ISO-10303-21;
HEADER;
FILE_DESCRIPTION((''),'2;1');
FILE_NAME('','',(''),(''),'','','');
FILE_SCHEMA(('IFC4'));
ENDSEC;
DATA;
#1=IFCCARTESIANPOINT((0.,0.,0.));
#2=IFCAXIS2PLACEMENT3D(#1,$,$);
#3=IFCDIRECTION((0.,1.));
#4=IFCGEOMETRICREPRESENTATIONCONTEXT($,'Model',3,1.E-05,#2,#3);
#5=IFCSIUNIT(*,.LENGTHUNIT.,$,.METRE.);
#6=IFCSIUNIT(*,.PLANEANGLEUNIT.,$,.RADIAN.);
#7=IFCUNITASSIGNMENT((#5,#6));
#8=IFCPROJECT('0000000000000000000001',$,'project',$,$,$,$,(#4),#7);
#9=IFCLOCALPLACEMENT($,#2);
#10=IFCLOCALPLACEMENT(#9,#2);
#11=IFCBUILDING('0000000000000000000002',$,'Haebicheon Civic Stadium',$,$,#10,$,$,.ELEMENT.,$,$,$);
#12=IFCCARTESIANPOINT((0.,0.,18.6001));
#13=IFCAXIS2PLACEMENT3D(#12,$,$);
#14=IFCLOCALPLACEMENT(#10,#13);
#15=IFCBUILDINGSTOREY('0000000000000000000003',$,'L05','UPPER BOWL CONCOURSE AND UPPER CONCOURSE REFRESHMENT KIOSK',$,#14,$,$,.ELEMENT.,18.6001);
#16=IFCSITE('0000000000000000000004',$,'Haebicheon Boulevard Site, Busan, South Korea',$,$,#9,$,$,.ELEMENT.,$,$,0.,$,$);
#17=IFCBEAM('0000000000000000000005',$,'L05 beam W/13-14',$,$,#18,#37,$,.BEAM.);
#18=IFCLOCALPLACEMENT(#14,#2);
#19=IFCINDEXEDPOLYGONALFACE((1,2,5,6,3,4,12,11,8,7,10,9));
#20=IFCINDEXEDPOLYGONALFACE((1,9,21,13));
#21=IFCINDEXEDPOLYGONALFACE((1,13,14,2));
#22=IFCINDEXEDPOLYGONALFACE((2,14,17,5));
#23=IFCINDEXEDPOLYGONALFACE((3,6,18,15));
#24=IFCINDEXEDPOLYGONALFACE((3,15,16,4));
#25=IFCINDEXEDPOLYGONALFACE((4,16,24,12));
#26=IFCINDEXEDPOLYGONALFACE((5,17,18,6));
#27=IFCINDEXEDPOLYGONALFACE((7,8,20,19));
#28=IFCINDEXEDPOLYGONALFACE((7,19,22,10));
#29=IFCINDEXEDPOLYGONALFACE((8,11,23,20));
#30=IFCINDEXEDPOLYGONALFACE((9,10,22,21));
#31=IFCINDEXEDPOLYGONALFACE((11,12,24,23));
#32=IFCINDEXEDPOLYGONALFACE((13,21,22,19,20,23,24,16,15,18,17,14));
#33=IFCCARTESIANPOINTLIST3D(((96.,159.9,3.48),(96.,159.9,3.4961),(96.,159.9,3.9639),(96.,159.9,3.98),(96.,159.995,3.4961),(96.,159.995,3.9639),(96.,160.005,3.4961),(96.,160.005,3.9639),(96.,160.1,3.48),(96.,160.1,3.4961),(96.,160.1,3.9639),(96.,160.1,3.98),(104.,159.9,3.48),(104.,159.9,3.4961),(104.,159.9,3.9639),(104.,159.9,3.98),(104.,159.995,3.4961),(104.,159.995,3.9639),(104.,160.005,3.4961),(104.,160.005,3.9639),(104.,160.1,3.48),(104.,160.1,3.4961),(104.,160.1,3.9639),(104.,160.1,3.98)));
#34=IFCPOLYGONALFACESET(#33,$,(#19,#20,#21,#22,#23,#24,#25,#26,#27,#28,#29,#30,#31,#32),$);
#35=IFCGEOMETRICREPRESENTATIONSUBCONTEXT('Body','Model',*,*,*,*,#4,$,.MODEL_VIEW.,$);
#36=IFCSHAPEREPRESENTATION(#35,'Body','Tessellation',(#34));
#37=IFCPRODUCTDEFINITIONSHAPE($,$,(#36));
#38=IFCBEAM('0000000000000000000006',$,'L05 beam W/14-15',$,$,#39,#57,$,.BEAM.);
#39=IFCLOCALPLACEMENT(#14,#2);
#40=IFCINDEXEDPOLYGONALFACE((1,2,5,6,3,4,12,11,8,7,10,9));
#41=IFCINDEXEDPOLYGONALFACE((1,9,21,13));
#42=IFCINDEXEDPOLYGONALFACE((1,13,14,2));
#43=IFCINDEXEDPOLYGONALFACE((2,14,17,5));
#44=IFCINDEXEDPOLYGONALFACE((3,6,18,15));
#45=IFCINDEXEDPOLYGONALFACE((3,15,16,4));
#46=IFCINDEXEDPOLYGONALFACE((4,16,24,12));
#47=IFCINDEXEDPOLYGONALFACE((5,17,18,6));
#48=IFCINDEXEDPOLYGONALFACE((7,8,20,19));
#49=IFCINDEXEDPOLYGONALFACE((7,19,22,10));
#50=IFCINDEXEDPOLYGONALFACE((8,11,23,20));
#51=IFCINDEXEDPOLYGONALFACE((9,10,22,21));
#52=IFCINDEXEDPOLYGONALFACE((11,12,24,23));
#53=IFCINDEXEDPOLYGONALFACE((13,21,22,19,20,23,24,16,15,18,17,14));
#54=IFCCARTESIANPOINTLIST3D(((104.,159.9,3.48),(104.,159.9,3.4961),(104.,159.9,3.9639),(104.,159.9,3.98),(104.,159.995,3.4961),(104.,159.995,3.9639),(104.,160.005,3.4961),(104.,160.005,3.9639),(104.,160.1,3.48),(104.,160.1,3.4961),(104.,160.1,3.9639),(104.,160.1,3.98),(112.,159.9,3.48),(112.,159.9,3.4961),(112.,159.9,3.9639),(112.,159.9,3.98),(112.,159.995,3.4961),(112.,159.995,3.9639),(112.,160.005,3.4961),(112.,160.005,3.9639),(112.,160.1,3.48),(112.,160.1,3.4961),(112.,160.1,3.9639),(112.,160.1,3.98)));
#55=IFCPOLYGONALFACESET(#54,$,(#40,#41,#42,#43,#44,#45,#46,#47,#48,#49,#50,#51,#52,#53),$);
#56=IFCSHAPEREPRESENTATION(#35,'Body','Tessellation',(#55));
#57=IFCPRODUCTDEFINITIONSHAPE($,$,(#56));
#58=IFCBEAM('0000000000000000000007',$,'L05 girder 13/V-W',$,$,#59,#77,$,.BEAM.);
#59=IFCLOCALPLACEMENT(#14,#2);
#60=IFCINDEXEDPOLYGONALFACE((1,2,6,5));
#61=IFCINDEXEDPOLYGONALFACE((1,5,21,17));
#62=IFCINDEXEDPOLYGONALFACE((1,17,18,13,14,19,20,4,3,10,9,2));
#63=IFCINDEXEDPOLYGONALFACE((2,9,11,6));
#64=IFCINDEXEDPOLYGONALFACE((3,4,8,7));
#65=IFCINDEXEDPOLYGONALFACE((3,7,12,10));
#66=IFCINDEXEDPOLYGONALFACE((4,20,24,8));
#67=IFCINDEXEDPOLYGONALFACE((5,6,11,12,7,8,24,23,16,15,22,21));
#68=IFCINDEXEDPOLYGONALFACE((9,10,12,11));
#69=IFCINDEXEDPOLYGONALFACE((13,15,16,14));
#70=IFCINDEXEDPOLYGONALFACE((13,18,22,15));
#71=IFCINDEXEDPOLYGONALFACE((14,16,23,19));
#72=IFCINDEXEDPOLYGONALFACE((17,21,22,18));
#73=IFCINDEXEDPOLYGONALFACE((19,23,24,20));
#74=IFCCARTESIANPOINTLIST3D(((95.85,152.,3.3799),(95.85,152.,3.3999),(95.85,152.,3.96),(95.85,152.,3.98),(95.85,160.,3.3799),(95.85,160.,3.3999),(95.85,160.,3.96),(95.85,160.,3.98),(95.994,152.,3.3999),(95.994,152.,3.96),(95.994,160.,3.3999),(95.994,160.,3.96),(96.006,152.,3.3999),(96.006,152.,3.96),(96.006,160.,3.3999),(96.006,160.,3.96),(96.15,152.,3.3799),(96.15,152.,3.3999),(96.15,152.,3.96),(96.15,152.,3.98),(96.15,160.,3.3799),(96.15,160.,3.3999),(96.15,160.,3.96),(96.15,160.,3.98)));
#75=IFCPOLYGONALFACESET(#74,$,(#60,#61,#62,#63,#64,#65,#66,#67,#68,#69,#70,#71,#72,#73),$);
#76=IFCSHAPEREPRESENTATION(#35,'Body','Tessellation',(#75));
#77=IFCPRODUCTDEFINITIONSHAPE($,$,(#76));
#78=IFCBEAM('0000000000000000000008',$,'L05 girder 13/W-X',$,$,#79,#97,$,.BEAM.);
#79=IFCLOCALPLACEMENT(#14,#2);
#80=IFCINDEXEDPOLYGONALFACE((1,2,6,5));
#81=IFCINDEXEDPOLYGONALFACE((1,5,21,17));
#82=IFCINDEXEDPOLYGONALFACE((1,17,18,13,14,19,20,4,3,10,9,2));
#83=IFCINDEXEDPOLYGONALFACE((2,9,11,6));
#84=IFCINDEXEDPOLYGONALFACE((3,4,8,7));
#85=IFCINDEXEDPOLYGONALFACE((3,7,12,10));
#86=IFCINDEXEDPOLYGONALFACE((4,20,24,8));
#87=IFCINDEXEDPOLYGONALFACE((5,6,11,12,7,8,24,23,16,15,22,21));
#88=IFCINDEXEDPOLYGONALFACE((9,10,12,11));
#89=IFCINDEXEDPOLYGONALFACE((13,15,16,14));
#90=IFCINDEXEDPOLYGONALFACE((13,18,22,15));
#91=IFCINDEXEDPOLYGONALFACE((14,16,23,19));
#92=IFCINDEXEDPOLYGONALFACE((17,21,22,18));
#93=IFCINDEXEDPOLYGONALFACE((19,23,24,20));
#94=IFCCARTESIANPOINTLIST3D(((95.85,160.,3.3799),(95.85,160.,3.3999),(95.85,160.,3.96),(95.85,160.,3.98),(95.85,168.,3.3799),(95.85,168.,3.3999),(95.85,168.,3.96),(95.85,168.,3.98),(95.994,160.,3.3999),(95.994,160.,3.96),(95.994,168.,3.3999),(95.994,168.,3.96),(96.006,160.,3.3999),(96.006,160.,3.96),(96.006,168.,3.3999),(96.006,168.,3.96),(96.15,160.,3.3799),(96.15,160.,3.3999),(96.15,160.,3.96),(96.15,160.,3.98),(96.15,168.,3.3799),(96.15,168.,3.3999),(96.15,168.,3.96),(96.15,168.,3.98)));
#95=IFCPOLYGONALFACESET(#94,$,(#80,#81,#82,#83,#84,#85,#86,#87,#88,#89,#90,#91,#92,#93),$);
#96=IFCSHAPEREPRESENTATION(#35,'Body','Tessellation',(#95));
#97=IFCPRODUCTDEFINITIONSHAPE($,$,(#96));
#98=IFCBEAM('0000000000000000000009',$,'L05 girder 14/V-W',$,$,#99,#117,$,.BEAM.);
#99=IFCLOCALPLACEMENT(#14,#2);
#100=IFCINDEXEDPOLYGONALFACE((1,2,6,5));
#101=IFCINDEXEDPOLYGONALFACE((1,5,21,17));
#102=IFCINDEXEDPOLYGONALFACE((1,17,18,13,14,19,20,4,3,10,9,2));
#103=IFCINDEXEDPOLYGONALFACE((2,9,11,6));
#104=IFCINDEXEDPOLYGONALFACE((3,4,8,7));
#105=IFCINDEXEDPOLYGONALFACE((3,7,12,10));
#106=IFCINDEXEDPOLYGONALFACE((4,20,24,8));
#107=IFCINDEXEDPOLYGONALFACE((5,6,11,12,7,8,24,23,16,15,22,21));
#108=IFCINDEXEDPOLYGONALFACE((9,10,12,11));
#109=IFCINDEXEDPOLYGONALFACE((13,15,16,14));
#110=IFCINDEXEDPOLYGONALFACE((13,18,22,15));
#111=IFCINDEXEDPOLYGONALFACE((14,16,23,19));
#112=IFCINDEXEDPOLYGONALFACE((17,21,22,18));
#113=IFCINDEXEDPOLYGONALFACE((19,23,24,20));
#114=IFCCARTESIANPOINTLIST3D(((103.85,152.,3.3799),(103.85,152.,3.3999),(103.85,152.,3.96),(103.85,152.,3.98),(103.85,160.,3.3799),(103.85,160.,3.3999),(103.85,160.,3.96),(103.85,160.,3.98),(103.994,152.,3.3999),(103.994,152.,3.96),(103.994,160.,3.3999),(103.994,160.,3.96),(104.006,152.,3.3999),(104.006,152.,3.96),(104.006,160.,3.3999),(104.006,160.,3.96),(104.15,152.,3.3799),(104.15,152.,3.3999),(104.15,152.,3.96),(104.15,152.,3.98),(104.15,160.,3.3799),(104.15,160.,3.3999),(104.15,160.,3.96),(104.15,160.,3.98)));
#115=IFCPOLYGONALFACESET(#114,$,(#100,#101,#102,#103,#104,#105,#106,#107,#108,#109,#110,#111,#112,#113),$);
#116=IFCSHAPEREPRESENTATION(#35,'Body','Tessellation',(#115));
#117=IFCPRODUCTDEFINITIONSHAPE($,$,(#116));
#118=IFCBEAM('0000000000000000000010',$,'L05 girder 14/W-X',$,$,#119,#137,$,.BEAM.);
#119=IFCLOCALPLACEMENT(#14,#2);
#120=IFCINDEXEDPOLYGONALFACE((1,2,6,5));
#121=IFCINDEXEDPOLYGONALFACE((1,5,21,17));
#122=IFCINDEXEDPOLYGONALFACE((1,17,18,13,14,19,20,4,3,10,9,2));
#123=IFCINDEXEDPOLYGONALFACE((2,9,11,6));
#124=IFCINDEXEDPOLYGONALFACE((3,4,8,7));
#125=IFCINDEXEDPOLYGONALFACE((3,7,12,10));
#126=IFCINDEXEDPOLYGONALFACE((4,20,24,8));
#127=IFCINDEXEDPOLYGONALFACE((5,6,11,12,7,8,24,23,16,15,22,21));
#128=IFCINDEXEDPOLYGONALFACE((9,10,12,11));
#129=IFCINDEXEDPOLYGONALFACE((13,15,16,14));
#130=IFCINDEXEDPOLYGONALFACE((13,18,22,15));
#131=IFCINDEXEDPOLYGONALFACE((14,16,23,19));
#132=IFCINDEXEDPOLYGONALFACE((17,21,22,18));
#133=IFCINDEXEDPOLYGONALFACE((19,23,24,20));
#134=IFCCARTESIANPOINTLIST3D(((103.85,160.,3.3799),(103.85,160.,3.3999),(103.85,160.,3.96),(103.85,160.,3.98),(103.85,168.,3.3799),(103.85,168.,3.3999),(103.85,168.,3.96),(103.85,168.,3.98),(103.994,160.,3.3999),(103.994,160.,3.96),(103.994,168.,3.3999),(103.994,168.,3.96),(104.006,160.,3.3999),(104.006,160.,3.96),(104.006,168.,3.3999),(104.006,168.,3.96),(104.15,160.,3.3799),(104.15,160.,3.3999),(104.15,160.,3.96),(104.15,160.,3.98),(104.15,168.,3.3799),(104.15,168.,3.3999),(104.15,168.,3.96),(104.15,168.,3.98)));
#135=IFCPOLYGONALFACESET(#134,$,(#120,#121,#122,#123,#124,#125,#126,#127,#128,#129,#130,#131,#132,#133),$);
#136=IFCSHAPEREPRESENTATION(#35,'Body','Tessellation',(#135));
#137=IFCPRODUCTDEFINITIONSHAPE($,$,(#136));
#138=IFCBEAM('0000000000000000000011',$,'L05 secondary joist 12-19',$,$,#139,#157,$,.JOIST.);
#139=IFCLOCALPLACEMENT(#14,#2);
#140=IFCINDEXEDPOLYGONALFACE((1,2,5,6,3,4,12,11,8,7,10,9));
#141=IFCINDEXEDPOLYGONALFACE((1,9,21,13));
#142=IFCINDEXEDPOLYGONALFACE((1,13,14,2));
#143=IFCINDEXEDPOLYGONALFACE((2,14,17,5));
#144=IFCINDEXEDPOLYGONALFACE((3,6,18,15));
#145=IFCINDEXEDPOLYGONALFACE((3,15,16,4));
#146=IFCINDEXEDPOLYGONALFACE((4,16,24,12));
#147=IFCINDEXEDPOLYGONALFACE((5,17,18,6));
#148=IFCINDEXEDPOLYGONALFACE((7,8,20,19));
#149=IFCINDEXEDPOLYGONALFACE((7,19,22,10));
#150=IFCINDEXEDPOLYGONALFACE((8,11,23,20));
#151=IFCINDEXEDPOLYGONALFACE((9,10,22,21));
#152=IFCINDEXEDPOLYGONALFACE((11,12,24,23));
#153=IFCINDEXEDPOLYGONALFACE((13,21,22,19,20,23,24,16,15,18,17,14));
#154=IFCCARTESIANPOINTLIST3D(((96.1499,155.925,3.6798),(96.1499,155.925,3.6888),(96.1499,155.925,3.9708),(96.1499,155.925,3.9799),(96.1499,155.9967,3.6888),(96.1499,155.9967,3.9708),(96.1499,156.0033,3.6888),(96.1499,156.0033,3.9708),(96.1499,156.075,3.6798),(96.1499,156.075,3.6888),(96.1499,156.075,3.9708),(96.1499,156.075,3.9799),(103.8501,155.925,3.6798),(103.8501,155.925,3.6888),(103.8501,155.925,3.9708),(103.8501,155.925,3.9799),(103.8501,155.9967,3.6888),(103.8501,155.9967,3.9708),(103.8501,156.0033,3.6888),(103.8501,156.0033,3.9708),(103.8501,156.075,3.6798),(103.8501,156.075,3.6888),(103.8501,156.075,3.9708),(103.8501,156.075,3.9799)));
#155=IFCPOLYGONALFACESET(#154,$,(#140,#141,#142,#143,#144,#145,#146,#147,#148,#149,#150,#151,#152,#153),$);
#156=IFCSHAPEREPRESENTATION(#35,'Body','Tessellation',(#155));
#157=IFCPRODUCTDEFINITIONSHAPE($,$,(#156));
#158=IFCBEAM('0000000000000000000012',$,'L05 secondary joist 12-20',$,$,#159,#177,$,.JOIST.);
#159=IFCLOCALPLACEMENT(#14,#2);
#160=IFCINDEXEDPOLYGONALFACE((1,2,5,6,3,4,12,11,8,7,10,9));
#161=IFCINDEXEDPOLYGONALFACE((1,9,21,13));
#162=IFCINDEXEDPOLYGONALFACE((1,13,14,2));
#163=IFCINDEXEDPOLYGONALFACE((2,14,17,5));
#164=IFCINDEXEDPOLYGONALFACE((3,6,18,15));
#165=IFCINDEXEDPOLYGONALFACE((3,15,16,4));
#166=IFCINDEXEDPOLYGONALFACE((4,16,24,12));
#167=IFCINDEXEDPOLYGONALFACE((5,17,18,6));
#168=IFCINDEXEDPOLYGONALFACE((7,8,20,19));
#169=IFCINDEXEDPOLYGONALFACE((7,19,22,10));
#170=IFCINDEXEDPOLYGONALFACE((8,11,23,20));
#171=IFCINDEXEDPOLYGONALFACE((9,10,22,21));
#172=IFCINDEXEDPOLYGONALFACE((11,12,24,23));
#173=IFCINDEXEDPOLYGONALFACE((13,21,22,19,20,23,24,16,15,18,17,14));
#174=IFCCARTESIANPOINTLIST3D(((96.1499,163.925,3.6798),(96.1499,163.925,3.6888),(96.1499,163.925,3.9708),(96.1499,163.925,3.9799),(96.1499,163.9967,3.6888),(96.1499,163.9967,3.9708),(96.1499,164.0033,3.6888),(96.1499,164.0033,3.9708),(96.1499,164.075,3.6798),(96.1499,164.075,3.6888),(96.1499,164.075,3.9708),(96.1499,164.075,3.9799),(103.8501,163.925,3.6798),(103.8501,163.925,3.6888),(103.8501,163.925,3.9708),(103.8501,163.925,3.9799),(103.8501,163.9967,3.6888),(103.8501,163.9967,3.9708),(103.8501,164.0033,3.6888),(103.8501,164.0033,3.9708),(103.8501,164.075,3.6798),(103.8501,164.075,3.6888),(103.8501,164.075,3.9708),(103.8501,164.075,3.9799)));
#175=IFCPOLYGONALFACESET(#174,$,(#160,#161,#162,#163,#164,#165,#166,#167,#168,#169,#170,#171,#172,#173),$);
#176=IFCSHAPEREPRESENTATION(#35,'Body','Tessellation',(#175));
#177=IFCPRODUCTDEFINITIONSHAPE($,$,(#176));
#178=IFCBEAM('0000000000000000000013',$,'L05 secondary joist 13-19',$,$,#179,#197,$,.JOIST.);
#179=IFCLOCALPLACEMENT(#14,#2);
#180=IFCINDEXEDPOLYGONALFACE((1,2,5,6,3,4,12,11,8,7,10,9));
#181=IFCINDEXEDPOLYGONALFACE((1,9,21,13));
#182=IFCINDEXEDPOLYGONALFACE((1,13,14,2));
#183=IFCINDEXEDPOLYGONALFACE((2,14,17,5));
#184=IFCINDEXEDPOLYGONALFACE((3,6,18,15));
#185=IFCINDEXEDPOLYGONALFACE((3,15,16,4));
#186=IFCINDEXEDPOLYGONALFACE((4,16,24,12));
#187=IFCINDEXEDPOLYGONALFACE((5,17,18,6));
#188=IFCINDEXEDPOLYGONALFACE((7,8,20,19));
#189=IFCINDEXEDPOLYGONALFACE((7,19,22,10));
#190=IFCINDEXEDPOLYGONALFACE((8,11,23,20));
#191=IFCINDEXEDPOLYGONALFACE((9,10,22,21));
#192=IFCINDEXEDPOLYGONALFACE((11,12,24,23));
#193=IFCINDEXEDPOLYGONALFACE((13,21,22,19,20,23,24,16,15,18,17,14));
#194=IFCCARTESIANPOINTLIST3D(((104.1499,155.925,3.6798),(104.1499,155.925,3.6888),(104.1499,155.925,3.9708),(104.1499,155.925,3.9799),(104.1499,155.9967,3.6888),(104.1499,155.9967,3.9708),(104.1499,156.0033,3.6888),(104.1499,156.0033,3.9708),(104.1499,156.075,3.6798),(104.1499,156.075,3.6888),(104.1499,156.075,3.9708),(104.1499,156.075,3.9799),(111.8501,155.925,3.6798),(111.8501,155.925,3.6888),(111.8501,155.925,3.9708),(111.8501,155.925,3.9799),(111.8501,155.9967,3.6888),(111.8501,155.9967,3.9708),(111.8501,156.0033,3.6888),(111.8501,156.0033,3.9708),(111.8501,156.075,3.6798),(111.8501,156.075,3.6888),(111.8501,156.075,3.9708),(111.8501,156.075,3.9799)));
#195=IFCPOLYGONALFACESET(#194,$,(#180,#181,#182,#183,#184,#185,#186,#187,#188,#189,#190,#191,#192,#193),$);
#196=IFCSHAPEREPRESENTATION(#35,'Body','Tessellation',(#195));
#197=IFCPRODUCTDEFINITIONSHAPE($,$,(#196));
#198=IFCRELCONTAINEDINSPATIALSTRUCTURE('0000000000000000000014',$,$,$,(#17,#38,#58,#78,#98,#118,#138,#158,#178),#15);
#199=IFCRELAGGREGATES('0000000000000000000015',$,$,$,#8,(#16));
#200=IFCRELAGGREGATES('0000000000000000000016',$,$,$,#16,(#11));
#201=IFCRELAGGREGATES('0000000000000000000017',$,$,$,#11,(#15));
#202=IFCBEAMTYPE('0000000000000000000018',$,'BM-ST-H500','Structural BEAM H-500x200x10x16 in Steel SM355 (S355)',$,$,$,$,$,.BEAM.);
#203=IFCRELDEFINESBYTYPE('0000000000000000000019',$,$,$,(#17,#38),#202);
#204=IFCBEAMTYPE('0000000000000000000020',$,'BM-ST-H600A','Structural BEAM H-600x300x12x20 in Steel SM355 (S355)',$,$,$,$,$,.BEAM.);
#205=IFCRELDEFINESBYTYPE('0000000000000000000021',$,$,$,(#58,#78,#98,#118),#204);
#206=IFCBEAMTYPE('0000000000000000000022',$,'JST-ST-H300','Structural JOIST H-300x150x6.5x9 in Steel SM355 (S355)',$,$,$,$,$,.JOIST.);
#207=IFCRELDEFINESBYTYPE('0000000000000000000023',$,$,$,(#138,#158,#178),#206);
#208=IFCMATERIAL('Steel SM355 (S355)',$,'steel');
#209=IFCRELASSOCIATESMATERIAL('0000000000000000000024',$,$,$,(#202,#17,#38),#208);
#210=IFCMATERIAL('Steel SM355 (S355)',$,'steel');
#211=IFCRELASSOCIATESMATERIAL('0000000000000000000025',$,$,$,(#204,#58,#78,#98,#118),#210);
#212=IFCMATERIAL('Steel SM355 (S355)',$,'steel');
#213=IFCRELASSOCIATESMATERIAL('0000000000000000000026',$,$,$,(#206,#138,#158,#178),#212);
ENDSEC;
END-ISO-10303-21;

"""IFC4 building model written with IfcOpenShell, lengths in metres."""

from ifc_helpers import new_model, si_unit, direction, frame, origin, origin_2d, place, context, subcontext, project, spatial, i_section, extrude, material, material_profile, profile_set, type_object, element, save


model = new_model("IFC4")

# Units and contexts
model_context = context("Model", 3, precision=1e-05, world=origin(), true_north=direction((0.0, 1.0)))
body_context = subcontext(model_context, "Body", "Model", "MODEL_VIEW")
ifc_project = project(units=[si_unit("LENGTHUNIT", "METRE"), si_unit("PLANEANGLEUNIT", "RADIAN")], contexts=[model_context])

# Site, building, storey
site_placement = place(None, origin())
site = spatial("IfcSite", under=ifc_project, at=site_placement, Name="Haebicheon Boulevard Site, Busan, South Korea", CompositionType="ELEMENT", RefElevation=0.0)
building_placement = place(site_placement, origin())
building = spatial("IfcBuilding", under=site, at=building_placement, Name="Haebicheon Civic Stadium", CompositionType="ELEMENT")
storey_placement = place(building_placement, frame((0.0, 0.0, 18.6001)))
storey = spatial("IfcBuildingStorey", under=building, at=storey_placement, Name="L05", Description="UPPER BOWL CONCOURSE AND UPPER CONCOURSE REFRESHMENT KIOSK", CompositionType="ELEMENT", Elevation=18.6001)

# Beams
ifc_material_1 = material(Name="Steel SM355 (S355)", Category="steel")
ifc_material_profile_1 = material_profile(ifc_material_1, i_section(OverallWidth=0.2, OverallDepth=0.5, WebThickness=0.01, FlangeThickness=0.0161, at=origin_2d()), Name="H-500x200x10x16")
ifc_profile_set_1 = profile_set([ifc_material_profile_1], Name="Steel SM355 (S355)")
beam_type_1 = type_object("IfcBeamType", Name="BM-ST-H500", Description="Structural BEAM H-500x200x10x16 in Steel SM355 (S355)", PredefinedType="BEAM", material=ifc_profile_set_1)
for number, where, z_axis, x_axis, name in (
    (1, (96.0, 160.0, 3.73), (1.0, 0.0, 0.0), (0.0, 1.0, 0.0), "L05 beam W/13-14"),
    (2, (104.0, 160.0, 3.73), (1.0, 0.0, 0.0), (0.0, 1.0, 0.0), "L05 beam W/14-15"),
):
    element("IfcBeam", number, at=place(storey_placement, frame(where, z_axis=z_axis, x_axis=x_axis)), inside=storey, type_object=beam_type_1, material=ifc_profile_set_1, Name=name, PredefinedType="BEAM", context=body_context, shape_type="SweptSolid", body=[
        extrude(i_section(OverallWidth=0.2, OverallDepth=0.5, WebThickness=0.01, FlangeThickness=0.0161, at=origin_2d()), origin(), (0.0, 0.0, 1.0), 8.0),
    ])
ifc_material_2 = material(Name="Steel SM355 (S355)", Category="steel")
ifc_material_profile_2 = material_profile(ifc_material_2, i_section(OverallWidth=0.3, OverallDepth=0.6001, WebThickness=0.012, FlangeThickness=0.02, at=origin_2d()), Name="H-600x300x12x20")
ifc_profile_set_2 = profile_set([ifc_material_profile_2], Name="Steel SM355 (S355)")
beam_type_2 = type_object("IfcBeamType", Name="BM-ST-H600A", Description="Structural BEAM H-600x300x12x20 in Steel SM355 (S355)", PredefinedType="BEAM", material=ifc_profile_set_2)
for number, where, z_axis, x_axis, name in (
    (3, (96.0, 152.0, 3.6799), (0.0, 1.0, 0.0), (-1.0, 0.0, 0.0), "L05 girder 13/V-W"),
    (4, (96.0, 160.0, 3.6799), (0.0, 1.0, 0.0), (-1.0, 0.0, 0.0), "L05 girder 13/W-X"),
    (5, (104.0, 152.0, 3.6799), (0.0, 1.0, 0.0), (-1.0, 0.0, 0.0), "L05 girder 14/V-W"),
    (6, (104.0, 160.0, 3.6799), (0.0, 1.0, 0.0), (-1.0, 0.0, 0.0), "L05 girder 14/W-X"),
):
    element("IfcBeam", number, at=place(storey_placement, frame(where, z_axis=z_axis, x_axis=x_axis)), inside=storey, type_object=beam_type_2, material=ifc_profile_set_2, Name=name, PredefinedType="BEAM", context=body_context, shape_type="SweptSolid", body=[
        extrude(i_section(OverallWidth=0.3, OverallDepth=0.6001, WebThickness=0.012, FlangeThickness=0.02, at=origin_2d()), origin(), (0.0, 0.0, 1.0), 8.0),
    ])
ifc_material_3 = material(Name="Steel SM355 (S355)", Category="steel")
ifc_material_profile_3 = material_profile(ifc_material_3, i_section(OverallWidth=0.1499, OverallDepth=0.3, WebThickness=0.0066, FlangeThickness=0.009, at=origin_2d()), Name="H-300x150x6.5x9")
ifc_profile_set_3 = profile_set([ifc_material_profile_3], Name="Steel SM355 (S355)")
beam_type_3 = type_object("IfcBeamType", Name="JST-ST-H300", Description="Structural JOIST H-300x150x6.5x9 in Steel SM355 (S355)", PredefinedType="JOIST", material=ifc_profile_set_3)
for number, where, z_axis, x_axis, name in (
    (7, (96.1499, 156.0, 3.8298), (1.0, 0.0, 0.0), (0.0, 1.0, 0.0), "L05 secondary joist 12-19"),
    (8, (96.1499, 164.0, 3.8298), (1.0, 0.0, 0.0), (0.0, 1.0, 0.0), "L05 secondary joist 12-20"),
    (9, (104.1499, 156.0, 3.8298), (1.0, 0.0, 0.0), (0.0, 1.0, 0.0), "L05 secondary joist 13-19"),
):
    element("IfcBeam", number, at=place(storey_placement, frame(where, z_axis=z_axis, x_axis=x_axis)), inside=storey, type_object=beam_type_3, material=ifc_profile_set_3, Name=name, PredefinedType="JOIST", context=body_context, shape_type="SweptSolid", body=[
        extrude(i_section(OverallWidth=0.1499, OverallDepth=0.3, WebThickness=0.0066, FlangeThickness=0.009, at=origin_2d()), origin(), (0.0, 0.0, 1.0), 7.7002),
    ])

save(model, "model.ifc")
